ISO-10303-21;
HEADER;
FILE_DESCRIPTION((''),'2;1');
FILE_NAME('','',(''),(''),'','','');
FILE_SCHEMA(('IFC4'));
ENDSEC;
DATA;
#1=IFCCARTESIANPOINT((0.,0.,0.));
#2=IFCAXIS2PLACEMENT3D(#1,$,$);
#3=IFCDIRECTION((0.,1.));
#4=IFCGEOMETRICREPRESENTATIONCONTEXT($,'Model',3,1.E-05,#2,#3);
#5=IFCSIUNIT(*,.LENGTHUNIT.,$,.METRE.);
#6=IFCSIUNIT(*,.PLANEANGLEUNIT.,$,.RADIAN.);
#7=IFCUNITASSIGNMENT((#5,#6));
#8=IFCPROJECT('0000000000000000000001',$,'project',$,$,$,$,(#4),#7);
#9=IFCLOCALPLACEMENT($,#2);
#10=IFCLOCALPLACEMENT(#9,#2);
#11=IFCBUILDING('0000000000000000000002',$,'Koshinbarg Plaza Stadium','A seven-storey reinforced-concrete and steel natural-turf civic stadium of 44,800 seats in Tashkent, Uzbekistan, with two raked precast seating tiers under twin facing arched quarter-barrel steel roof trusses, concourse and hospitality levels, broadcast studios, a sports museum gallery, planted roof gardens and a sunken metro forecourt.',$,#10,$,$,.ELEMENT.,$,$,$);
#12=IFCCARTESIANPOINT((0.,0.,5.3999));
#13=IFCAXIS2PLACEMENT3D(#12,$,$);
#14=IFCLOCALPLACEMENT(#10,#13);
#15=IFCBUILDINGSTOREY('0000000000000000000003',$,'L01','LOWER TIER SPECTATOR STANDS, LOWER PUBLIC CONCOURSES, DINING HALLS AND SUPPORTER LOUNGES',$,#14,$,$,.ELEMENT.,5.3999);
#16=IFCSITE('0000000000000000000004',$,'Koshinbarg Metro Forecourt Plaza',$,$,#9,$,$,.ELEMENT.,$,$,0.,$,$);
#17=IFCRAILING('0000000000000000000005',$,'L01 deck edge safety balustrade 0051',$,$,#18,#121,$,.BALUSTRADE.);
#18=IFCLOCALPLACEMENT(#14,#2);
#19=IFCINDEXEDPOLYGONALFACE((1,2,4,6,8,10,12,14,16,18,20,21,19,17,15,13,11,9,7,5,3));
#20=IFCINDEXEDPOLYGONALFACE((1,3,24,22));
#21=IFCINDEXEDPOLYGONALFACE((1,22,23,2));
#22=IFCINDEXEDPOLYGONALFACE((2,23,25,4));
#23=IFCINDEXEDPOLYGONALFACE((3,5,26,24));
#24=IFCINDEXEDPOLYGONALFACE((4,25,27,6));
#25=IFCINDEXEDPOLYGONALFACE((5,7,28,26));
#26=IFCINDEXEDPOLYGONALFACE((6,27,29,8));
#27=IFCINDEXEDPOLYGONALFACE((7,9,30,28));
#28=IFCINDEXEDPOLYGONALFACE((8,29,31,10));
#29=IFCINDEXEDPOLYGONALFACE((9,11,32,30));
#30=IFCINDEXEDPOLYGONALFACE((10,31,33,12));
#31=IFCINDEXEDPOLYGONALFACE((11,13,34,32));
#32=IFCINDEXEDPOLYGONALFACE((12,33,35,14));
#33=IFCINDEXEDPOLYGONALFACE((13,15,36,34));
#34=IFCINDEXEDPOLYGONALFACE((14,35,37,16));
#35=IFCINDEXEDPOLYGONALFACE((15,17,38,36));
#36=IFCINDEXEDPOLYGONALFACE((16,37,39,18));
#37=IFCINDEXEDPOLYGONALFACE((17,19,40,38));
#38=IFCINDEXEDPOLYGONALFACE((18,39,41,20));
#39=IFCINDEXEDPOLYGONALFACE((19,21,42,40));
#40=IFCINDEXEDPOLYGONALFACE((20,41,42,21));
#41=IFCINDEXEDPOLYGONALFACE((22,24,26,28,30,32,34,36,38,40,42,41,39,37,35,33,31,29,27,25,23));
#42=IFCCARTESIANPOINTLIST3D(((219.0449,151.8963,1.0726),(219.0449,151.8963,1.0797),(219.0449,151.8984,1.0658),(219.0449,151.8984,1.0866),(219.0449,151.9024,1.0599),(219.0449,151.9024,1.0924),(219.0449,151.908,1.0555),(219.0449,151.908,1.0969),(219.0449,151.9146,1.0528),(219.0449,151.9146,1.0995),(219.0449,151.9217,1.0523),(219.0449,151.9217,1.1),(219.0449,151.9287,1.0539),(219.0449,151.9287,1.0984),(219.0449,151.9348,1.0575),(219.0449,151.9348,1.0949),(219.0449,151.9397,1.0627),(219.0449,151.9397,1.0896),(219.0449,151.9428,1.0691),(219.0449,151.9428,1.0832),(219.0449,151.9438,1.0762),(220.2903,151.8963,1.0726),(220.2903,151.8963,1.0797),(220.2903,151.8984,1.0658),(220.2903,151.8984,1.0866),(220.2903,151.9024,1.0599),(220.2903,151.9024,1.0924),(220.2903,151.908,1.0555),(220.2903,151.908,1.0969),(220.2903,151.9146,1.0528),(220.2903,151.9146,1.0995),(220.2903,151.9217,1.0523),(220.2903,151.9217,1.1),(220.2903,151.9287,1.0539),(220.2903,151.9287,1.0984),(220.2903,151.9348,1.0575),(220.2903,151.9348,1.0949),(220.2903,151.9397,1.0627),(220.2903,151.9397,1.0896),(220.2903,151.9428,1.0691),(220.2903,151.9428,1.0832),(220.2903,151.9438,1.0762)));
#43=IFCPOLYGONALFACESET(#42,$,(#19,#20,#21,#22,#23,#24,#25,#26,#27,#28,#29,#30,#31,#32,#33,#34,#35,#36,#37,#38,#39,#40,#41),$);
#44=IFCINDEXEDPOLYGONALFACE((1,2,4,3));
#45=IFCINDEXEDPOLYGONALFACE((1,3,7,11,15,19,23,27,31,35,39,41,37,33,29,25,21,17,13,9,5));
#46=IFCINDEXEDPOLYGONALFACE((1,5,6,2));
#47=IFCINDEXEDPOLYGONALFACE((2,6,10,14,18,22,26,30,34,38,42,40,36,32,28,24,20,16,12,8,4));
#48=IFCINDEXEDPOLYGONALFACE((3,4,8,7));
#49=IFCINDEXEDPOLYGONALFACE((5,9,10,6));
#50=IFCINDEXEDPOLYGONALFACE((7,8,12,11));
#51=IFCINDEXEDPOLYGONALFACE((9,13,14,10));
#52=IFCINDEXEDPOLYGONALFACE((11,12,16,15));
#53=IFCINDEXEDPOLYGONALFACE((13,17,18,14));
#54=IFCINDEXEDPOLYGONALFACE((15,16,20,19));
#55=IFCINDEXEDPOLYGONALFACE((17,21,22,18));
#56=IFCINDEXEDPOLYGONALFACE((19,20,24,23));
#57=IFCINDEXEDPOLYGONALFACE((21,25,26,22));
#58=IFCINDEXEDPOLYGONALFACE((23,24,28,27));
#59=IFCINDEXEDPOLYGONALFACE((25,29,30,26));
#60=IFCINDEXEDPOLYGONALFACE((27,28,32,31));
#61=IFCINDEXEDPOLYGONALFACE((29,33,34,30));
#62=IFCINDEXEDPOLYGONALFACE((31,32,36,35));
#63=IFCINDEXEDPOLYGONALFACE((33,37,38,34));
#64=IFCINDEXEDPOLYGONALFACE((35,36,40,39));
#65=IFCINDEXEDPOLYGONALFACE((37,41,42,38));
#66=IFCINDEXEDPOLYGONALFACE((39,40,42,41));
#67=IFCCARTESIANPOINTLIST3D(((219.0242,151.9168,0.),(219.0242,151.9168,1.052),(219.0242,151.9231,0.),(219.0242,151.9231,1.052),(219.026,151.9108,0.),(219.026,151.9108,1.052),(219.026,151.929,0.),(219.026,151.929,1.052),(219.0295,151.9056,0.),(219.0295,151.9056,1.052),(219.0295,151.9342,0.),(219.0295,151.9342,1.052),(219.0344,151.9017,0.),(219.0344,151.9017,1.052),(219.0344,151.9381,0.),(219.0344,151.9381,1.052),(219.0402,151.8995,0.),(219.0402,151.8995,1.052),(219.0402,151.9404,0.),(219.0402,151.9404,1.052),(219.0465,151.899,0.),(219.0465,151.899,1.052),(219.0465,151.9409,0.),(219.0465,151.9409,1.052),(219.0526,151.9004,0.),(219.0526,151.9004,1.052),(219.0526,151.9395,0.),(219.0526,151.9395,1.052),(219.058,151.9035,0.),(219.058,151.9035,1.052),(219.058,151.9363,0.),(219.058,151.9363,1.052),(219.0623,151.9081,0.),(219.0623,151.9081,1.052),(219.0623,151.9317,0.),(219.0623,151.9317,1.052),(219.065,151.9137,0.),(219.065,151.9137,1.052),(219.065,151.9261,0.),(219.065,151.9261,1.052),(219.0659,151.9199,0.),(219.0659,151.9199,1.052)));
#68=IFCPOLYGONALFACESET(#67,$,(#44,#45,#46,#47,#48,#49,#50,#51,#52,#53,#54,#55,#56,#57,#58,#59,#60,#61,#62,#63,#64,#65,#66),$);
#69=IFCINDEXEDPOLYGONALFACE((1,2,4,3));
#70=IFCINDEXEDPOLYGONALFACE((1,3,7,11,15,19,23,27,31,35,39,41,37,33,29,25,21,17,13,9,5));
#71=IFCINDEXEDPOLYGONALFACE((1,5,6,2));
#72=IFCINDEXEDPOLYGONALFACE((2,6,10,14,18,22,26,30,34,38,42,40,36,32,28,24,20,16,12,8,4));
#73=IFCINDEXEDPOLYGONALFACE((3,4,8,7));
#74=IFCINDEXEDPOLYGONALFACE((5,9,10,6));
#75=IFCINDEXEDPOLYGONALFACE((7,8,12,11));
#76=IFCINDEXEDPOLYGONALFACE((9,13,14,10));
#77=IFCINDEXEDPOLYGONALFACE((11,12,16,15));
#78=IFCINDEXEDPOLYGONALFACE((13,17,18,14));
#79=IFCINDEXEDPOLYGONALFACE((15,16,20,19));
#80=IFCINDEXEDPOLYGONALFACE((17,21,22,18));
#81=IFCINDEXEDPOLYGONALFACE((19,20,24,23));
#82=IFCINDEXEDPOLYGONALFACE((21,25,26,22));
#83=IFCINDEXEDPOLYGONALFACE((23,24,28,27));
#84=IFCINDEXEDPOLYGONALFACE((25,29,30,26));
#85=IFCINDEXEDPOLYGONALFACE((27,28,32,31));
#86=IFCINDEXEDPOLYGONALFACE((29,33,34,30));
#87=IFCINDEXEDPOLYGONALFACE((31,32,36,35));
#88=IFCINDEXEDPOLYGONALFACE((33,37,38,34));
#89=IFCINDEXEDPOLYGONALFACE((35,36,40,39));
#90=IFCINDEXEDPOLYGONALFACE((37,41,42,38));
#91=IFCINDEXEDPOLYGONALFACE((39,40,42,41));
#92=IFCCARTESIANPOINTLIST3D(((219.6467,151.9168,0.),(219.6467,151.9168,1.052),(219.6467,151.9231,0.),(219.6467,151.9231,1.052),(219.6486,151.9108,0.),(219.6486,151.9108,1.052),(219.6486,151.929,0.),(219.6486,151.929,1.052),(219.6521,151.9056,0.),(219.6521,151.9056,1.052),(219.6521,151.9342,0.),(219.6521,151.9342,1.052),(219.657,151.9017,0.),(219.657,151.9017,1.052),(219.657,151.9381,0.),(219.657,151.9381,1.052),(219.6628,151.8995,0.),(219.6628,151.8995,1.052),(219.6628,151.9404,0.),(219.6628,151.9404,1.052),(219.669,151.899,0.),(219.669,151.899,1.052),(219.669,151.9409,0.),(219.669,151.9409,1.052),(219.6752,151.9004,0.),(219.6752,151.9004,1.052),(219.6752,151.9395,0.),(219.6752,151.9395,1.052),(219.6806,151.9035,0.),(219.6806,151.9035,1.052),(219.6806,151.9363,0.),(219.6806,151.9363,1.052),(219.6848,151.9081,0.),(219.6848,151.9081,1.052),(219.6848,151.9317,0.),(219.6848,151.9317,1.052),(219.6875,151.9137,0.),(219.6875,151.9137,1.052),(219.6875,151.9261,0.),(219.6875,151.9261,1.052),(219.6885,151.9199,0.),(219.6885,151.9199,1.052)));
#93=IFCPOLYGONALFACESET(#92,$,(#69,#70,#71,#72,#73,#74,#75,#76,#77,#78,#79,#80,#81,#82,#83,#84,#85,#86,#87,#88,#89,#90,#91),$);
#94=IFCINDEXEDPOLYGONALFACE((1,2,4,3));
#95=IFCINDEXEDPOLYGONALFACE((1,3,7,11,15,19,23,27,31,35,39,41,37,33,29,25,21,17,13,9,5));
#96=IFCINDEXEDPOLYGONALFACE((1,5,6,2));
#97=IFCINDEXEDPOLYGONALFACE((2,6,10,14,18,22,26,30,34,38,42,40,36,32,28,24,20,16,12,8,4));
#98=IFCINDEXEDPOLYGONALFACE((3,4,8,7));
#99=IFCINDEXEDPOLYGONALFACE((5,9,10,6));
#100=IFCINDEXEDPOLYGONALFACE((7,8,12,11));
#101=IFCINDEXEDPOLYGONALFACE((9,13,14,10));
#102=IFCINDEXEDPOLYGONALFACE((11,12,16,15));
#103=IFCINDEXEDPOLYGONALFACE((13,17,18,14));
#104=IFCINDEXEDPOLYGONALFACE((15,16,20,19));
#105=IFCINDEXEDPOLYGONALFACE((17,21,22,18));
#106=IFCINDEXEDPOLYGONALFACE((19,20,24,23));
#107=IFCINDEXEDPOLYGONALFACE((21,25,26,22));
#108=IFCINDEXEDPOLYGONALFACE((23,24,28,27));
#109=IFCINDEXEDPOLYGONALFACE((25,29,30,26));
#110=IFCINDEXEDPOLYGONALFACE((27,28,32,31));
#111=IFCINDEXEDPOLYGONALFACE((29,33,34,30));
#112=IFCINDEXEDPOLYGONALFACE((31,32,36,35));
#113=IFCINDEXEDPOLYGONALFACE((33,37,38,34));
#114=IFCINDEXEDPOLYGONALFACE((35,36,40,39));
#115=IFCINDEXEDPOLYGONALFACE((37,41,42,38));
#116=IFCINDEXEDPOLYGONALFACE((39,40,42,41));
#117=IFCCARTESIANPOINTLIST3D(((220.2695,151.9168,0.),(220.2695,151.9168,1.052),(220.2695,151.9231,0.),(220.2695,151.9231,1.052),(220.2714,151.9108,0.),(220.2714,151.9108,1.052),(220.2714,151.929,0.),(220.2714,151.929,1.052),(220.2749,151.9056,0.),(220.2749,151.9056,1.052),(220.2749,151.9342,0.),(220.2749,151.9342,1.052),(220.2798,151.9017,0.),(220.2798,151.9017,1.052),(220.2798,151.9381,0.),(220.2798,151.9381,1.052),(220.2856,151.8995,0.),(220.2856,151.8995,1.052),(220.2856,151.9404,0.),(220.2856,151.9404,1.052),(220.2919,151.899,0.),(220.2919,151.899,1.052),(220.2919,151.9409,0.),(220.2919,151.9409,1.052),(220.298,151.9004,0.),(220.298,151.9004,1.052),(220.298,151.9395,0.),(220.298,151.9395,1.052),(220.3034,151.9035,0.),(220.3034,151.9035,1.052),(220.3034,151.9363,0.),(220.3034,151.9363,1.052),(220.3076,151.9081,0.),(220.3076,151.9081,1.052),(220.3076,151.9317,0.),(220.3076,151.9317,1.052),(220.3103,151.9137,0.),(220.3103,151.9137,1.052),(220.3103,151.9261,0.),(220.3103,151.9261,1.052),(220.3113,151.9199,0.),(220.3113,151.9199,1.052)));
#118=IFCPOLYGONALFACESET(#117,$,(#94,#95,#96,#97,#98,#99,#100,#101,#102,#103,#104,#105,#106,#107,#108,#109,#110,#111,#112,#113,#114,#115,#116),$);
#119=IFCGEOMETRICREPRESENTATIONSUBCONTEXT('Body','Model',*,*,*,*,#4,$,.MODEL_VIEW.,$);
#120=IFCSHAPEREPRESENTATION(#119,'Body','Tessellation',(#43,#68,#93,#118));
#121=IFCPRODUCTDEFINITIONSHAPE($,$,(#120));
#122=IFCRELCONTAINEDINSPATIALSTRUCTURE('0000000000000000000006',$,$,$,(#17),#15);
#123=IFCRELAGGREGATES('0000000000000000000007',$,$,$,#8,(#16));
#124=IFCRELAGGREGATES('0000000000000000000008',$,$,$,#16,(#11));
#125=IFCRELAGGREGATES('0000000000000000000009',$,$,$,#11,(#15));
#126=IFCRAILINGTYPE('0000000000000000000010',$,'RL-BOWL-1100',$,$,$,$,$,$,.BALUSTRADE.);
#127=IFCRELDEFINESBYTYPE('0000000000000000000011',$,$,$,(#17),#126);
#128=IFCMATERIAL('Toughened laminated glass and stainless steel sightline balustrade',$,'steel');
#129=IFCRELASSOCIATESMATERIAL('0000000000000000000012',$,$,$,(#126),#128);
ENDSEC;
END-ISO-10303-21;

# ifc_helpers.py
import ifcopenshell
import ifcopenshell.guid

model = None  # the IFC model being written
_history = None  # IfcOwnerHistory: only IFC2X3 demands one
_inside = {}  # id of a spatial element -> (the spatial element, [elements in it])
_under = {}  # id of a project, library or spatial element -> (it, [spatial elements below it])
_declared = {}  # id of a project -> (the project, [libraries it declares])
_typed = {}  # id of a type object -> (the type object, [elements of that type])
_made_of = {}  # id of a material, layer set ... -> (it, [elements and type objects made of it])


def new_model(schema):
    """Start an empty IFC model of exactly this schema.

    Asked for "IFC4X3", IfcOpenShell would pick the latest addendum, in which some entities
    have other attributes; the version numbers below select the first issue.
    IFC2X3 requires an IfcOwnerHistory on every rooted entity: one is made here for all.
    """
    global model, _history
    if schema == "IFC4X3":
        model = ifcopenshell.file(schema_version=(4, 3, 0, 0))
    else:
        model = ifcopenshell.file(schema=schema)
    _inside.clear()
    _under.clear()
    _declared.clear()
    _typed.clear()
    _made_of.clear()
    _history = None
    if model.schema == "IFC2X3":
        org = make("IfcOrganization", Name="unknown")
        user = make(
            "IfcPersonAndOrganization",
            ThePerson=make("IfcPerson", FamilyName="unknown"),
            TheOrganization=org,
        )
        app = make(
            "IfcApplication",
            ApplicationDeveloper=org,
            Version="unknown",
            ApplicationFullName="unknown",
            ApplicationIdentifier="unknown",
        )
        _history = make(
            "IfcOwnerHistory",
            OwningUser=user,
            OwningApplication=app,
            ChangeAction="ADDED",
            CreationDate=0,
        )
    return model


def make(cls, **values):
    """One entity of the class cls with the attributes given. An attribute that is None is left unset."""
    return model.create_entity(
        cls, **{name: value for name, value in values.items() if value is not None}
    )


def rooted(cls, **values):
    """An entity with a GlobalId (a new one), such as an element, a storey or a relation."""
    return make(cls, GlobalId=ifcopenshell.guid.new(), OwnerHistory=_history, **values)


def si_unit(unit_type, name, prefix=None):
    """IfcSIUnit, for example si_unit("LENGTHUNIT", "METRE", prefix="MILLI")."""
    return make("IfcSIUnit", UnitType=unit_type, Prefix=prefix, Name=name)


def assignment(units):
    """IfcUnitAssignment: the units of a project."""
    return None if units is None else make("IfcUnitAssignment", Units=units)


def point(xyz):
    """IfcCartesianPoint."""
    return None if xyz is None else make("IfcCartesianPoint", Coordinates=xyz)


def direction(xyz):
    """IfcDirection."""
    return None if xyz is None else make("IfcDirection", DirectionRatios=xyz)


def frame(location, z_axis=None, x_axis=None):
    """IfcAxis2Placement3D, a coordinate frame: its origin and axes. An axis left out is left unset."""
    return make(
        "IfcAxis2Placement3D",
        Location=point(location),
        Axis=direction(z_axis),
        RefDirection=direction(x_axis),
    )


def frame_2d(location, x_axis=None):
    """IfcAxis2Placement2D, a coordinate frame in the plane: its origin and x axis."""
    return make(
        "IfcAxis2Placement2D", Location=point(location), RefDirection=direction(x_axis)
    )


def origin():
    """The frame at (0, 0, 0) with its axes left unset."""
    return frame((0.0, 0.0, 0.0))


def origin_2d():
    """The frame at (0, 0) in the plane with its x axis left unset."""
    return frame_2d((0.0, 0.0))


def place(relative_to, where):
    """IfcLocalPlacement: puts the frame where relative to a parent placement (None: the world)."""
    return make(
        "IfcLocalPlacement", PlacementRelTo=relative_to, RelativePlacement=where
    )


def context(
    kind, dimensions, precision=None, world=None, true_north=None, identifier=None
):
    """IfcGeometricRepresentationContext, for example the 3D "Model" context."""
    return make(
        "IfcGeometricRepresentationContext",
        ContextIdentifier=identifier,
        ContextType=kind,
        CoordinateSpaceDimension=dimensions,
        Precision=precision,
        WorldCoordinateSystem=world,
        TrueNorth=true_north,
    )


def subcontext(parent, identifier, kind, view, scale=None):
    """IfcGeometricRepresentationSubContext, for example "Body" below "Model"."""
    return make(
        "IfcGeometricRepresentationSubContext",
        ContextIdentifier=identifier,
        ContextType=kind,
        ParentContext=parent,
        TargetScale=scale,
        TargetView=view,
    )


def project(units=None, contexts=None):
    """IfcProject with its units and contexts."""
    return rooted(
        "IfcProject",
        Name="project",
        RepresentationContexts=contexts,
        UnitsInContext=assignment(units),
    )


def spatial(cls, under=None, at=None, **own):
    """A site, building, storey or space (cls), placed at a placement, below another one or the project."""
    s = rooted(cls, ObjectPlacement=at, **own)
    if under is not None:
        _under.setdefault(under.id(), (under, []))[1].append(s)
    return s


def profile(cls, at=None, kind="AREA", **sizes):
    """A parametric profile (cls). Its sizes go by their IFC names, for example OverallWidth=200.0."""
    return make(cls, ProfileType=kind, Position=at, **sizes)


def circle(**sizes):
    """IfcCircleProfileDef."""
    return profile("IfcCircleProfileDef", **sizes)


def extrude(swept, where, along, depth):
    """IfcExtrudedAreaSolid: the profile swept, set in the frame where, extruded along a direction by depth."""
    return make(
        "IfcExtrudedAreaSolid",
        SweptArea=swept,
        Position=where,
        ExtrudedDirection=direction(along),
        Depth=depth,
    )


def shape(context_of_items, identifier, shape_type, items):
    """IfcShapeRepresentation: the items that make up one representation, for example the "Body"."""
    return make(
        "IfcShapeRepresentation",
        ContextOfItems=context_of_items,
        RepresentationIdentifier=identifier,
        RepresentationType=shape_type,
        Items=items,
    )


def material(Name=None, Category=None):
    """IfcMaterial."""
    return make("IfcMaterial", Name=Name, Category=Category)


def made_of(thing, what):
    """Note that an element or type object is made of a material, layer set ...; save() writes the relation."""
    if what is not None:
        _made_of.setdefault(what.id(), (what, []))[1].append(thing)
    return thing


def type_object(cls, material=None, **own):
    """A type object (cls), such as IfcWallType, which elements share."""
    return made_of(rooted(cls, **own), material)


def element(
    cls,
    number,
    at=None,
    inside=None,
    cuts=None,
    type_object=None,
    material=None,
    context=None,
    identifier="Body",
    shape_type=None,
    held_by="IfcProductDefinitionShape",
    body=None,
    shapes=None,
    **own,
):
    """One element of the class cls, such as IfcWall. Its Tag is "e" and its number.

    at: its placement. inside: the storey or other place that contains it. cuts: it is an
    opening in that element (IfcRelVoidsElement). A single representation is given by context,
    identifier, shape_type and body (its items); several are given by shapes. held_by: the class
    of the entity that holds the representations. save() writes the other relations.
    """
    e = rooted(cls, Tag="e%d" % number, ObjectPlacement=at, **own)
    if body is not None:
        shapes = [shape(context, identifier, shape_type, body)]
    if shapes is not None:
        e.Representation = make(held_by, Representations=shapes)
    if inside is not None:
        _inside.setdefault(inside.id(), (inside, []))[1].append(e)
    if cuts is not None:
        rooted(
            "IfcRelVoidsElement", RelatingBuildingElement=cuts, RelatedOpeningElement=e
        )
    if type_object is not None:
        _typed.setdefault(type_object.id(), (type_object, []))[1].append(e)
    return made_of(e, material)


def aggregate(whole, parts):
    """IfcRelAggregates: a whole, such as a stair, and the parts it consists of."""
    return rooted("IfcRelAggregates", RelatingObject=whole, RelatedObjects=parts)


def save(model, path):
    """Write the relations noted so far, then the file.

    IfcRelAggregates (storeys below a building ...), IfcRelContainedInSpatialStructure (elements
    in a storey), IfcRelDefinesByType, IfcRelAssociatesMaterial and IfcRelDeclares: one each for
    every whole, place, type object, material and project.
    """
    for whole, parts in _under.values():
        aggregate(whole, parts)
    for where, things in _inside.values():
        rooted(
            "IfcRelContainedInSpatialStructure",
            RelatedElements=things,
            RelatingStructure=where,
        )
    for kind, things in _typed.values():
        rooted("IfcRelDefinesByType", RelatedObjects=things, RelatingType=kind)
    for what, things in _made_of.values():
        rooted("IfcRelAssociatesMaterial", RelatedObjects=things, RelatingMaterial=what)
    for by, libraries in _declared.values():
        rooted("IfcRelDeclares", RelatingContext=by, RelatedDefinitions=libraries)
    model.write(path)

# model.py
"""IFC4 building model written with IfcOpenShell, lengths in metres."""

from ifc_helpers import new_model, si_unit, direction, frame, origin, origin_2d, place, context, subcontext, project, spatial, circle, extrude, material, type_object, element, save


model = new_model("IFC4")

# Units and contexts
model_context = context("Model", 3, precision=1e-05, world=origin(), true_north=direction((0.0, 1.0)))
body_context = subcontext(model_context, "Body", "Model", "MODEL_VIEW")
ifc_project = project(units=[si_unit("LENGTHUNIT", "METRE"), si_unit("PLANEANGLEUNIT", "RADIAN")], contexts=[model_context])

# Site, building, storey
site_placement = place(None, origin())
site = spatial("IfcSite", under=ifc_project, at=site_placement, Name="Koshinbarg Metro Forecourt Plaza", CompositionType="ELEMENT", RefElevation=0.0)
building_placement = place(site_placement, origin())
building = spatial("IfcBuilding", under=site, at=building_placement, Name="Koshinbarg Plaza Stadium", Description="A seven-storey reinforced-concrete and steel natural-turf civic stadium of 44,800 seats in Tashkent, Uzbekistan, with two raked precast seating tiers under twin facing arched quarter-barrel steel roof trusses, concourse and hospitality levels, broadcast studios, a sports museum gallery, planted roof gardens and a sunken metro forecourt.", CompositionType="ELEMENT")
storey_placement = place(building_placement, frame((0.0, 0.0, 5.3999)))
storey = spatial("IfcBuildingStorey", under=building, at=storey_placement, Name="L01", Description="LOWER TIER SPECTATOR STANDS, LOWER PUBLIC CONCOURSES, DINING HALLS AND SUPPORTER LOUNGES", CompositionType="ELEMENT", Elevation=5.3999)

# Railing
ifc_material_1 = material(Name="Toughened laminated glass and stainless steel sightline balustrade", Category="steel")
railing_type = type_object("IfcRailingType", Name="RL-BOWL-1100", PredefinedType="BALUSTRADE", material=ifc_material_1)
railing_1_placement = place(storey_placement, frame((219.0449, 151.9199, 0.0)))
element("IfcRailing", 1, at=railing_1_placement, inside=storey, type_object=railing_type, Name="L01 deck edge safety balustrade 0051", PredefinedType="BALUSTRADE", context=body_context, shape_type="SweptSolid", body=[
    extrude(circle(Radius=0.0239, at=origin_2d()), frame((0.0, 0.0, 1.0762), z_axis=(1.0, 0.0, 0.0), x_axis=(0.0, 1.0, 0.0)), (0.0, 0.0, 1.0), 1.2454),
    extrude(circle(Radius=0.021, at=origin_2d()), origin(), (0.0, 0.0, 1.0), 1.052),
    extrude(circle(Radius=0.021, at=origin_2d()), frame((0.6226, 0.0, 0.0)), (0.0, 0.0, 1.0), 1.052),
    extrude(circle(Radius=0.021, at=origin_2d()), frame((1.2454, 0.0, 0.0)), (0.0, 0.0, 1.0), 1.052),
])

save(model, "model.ifc")
